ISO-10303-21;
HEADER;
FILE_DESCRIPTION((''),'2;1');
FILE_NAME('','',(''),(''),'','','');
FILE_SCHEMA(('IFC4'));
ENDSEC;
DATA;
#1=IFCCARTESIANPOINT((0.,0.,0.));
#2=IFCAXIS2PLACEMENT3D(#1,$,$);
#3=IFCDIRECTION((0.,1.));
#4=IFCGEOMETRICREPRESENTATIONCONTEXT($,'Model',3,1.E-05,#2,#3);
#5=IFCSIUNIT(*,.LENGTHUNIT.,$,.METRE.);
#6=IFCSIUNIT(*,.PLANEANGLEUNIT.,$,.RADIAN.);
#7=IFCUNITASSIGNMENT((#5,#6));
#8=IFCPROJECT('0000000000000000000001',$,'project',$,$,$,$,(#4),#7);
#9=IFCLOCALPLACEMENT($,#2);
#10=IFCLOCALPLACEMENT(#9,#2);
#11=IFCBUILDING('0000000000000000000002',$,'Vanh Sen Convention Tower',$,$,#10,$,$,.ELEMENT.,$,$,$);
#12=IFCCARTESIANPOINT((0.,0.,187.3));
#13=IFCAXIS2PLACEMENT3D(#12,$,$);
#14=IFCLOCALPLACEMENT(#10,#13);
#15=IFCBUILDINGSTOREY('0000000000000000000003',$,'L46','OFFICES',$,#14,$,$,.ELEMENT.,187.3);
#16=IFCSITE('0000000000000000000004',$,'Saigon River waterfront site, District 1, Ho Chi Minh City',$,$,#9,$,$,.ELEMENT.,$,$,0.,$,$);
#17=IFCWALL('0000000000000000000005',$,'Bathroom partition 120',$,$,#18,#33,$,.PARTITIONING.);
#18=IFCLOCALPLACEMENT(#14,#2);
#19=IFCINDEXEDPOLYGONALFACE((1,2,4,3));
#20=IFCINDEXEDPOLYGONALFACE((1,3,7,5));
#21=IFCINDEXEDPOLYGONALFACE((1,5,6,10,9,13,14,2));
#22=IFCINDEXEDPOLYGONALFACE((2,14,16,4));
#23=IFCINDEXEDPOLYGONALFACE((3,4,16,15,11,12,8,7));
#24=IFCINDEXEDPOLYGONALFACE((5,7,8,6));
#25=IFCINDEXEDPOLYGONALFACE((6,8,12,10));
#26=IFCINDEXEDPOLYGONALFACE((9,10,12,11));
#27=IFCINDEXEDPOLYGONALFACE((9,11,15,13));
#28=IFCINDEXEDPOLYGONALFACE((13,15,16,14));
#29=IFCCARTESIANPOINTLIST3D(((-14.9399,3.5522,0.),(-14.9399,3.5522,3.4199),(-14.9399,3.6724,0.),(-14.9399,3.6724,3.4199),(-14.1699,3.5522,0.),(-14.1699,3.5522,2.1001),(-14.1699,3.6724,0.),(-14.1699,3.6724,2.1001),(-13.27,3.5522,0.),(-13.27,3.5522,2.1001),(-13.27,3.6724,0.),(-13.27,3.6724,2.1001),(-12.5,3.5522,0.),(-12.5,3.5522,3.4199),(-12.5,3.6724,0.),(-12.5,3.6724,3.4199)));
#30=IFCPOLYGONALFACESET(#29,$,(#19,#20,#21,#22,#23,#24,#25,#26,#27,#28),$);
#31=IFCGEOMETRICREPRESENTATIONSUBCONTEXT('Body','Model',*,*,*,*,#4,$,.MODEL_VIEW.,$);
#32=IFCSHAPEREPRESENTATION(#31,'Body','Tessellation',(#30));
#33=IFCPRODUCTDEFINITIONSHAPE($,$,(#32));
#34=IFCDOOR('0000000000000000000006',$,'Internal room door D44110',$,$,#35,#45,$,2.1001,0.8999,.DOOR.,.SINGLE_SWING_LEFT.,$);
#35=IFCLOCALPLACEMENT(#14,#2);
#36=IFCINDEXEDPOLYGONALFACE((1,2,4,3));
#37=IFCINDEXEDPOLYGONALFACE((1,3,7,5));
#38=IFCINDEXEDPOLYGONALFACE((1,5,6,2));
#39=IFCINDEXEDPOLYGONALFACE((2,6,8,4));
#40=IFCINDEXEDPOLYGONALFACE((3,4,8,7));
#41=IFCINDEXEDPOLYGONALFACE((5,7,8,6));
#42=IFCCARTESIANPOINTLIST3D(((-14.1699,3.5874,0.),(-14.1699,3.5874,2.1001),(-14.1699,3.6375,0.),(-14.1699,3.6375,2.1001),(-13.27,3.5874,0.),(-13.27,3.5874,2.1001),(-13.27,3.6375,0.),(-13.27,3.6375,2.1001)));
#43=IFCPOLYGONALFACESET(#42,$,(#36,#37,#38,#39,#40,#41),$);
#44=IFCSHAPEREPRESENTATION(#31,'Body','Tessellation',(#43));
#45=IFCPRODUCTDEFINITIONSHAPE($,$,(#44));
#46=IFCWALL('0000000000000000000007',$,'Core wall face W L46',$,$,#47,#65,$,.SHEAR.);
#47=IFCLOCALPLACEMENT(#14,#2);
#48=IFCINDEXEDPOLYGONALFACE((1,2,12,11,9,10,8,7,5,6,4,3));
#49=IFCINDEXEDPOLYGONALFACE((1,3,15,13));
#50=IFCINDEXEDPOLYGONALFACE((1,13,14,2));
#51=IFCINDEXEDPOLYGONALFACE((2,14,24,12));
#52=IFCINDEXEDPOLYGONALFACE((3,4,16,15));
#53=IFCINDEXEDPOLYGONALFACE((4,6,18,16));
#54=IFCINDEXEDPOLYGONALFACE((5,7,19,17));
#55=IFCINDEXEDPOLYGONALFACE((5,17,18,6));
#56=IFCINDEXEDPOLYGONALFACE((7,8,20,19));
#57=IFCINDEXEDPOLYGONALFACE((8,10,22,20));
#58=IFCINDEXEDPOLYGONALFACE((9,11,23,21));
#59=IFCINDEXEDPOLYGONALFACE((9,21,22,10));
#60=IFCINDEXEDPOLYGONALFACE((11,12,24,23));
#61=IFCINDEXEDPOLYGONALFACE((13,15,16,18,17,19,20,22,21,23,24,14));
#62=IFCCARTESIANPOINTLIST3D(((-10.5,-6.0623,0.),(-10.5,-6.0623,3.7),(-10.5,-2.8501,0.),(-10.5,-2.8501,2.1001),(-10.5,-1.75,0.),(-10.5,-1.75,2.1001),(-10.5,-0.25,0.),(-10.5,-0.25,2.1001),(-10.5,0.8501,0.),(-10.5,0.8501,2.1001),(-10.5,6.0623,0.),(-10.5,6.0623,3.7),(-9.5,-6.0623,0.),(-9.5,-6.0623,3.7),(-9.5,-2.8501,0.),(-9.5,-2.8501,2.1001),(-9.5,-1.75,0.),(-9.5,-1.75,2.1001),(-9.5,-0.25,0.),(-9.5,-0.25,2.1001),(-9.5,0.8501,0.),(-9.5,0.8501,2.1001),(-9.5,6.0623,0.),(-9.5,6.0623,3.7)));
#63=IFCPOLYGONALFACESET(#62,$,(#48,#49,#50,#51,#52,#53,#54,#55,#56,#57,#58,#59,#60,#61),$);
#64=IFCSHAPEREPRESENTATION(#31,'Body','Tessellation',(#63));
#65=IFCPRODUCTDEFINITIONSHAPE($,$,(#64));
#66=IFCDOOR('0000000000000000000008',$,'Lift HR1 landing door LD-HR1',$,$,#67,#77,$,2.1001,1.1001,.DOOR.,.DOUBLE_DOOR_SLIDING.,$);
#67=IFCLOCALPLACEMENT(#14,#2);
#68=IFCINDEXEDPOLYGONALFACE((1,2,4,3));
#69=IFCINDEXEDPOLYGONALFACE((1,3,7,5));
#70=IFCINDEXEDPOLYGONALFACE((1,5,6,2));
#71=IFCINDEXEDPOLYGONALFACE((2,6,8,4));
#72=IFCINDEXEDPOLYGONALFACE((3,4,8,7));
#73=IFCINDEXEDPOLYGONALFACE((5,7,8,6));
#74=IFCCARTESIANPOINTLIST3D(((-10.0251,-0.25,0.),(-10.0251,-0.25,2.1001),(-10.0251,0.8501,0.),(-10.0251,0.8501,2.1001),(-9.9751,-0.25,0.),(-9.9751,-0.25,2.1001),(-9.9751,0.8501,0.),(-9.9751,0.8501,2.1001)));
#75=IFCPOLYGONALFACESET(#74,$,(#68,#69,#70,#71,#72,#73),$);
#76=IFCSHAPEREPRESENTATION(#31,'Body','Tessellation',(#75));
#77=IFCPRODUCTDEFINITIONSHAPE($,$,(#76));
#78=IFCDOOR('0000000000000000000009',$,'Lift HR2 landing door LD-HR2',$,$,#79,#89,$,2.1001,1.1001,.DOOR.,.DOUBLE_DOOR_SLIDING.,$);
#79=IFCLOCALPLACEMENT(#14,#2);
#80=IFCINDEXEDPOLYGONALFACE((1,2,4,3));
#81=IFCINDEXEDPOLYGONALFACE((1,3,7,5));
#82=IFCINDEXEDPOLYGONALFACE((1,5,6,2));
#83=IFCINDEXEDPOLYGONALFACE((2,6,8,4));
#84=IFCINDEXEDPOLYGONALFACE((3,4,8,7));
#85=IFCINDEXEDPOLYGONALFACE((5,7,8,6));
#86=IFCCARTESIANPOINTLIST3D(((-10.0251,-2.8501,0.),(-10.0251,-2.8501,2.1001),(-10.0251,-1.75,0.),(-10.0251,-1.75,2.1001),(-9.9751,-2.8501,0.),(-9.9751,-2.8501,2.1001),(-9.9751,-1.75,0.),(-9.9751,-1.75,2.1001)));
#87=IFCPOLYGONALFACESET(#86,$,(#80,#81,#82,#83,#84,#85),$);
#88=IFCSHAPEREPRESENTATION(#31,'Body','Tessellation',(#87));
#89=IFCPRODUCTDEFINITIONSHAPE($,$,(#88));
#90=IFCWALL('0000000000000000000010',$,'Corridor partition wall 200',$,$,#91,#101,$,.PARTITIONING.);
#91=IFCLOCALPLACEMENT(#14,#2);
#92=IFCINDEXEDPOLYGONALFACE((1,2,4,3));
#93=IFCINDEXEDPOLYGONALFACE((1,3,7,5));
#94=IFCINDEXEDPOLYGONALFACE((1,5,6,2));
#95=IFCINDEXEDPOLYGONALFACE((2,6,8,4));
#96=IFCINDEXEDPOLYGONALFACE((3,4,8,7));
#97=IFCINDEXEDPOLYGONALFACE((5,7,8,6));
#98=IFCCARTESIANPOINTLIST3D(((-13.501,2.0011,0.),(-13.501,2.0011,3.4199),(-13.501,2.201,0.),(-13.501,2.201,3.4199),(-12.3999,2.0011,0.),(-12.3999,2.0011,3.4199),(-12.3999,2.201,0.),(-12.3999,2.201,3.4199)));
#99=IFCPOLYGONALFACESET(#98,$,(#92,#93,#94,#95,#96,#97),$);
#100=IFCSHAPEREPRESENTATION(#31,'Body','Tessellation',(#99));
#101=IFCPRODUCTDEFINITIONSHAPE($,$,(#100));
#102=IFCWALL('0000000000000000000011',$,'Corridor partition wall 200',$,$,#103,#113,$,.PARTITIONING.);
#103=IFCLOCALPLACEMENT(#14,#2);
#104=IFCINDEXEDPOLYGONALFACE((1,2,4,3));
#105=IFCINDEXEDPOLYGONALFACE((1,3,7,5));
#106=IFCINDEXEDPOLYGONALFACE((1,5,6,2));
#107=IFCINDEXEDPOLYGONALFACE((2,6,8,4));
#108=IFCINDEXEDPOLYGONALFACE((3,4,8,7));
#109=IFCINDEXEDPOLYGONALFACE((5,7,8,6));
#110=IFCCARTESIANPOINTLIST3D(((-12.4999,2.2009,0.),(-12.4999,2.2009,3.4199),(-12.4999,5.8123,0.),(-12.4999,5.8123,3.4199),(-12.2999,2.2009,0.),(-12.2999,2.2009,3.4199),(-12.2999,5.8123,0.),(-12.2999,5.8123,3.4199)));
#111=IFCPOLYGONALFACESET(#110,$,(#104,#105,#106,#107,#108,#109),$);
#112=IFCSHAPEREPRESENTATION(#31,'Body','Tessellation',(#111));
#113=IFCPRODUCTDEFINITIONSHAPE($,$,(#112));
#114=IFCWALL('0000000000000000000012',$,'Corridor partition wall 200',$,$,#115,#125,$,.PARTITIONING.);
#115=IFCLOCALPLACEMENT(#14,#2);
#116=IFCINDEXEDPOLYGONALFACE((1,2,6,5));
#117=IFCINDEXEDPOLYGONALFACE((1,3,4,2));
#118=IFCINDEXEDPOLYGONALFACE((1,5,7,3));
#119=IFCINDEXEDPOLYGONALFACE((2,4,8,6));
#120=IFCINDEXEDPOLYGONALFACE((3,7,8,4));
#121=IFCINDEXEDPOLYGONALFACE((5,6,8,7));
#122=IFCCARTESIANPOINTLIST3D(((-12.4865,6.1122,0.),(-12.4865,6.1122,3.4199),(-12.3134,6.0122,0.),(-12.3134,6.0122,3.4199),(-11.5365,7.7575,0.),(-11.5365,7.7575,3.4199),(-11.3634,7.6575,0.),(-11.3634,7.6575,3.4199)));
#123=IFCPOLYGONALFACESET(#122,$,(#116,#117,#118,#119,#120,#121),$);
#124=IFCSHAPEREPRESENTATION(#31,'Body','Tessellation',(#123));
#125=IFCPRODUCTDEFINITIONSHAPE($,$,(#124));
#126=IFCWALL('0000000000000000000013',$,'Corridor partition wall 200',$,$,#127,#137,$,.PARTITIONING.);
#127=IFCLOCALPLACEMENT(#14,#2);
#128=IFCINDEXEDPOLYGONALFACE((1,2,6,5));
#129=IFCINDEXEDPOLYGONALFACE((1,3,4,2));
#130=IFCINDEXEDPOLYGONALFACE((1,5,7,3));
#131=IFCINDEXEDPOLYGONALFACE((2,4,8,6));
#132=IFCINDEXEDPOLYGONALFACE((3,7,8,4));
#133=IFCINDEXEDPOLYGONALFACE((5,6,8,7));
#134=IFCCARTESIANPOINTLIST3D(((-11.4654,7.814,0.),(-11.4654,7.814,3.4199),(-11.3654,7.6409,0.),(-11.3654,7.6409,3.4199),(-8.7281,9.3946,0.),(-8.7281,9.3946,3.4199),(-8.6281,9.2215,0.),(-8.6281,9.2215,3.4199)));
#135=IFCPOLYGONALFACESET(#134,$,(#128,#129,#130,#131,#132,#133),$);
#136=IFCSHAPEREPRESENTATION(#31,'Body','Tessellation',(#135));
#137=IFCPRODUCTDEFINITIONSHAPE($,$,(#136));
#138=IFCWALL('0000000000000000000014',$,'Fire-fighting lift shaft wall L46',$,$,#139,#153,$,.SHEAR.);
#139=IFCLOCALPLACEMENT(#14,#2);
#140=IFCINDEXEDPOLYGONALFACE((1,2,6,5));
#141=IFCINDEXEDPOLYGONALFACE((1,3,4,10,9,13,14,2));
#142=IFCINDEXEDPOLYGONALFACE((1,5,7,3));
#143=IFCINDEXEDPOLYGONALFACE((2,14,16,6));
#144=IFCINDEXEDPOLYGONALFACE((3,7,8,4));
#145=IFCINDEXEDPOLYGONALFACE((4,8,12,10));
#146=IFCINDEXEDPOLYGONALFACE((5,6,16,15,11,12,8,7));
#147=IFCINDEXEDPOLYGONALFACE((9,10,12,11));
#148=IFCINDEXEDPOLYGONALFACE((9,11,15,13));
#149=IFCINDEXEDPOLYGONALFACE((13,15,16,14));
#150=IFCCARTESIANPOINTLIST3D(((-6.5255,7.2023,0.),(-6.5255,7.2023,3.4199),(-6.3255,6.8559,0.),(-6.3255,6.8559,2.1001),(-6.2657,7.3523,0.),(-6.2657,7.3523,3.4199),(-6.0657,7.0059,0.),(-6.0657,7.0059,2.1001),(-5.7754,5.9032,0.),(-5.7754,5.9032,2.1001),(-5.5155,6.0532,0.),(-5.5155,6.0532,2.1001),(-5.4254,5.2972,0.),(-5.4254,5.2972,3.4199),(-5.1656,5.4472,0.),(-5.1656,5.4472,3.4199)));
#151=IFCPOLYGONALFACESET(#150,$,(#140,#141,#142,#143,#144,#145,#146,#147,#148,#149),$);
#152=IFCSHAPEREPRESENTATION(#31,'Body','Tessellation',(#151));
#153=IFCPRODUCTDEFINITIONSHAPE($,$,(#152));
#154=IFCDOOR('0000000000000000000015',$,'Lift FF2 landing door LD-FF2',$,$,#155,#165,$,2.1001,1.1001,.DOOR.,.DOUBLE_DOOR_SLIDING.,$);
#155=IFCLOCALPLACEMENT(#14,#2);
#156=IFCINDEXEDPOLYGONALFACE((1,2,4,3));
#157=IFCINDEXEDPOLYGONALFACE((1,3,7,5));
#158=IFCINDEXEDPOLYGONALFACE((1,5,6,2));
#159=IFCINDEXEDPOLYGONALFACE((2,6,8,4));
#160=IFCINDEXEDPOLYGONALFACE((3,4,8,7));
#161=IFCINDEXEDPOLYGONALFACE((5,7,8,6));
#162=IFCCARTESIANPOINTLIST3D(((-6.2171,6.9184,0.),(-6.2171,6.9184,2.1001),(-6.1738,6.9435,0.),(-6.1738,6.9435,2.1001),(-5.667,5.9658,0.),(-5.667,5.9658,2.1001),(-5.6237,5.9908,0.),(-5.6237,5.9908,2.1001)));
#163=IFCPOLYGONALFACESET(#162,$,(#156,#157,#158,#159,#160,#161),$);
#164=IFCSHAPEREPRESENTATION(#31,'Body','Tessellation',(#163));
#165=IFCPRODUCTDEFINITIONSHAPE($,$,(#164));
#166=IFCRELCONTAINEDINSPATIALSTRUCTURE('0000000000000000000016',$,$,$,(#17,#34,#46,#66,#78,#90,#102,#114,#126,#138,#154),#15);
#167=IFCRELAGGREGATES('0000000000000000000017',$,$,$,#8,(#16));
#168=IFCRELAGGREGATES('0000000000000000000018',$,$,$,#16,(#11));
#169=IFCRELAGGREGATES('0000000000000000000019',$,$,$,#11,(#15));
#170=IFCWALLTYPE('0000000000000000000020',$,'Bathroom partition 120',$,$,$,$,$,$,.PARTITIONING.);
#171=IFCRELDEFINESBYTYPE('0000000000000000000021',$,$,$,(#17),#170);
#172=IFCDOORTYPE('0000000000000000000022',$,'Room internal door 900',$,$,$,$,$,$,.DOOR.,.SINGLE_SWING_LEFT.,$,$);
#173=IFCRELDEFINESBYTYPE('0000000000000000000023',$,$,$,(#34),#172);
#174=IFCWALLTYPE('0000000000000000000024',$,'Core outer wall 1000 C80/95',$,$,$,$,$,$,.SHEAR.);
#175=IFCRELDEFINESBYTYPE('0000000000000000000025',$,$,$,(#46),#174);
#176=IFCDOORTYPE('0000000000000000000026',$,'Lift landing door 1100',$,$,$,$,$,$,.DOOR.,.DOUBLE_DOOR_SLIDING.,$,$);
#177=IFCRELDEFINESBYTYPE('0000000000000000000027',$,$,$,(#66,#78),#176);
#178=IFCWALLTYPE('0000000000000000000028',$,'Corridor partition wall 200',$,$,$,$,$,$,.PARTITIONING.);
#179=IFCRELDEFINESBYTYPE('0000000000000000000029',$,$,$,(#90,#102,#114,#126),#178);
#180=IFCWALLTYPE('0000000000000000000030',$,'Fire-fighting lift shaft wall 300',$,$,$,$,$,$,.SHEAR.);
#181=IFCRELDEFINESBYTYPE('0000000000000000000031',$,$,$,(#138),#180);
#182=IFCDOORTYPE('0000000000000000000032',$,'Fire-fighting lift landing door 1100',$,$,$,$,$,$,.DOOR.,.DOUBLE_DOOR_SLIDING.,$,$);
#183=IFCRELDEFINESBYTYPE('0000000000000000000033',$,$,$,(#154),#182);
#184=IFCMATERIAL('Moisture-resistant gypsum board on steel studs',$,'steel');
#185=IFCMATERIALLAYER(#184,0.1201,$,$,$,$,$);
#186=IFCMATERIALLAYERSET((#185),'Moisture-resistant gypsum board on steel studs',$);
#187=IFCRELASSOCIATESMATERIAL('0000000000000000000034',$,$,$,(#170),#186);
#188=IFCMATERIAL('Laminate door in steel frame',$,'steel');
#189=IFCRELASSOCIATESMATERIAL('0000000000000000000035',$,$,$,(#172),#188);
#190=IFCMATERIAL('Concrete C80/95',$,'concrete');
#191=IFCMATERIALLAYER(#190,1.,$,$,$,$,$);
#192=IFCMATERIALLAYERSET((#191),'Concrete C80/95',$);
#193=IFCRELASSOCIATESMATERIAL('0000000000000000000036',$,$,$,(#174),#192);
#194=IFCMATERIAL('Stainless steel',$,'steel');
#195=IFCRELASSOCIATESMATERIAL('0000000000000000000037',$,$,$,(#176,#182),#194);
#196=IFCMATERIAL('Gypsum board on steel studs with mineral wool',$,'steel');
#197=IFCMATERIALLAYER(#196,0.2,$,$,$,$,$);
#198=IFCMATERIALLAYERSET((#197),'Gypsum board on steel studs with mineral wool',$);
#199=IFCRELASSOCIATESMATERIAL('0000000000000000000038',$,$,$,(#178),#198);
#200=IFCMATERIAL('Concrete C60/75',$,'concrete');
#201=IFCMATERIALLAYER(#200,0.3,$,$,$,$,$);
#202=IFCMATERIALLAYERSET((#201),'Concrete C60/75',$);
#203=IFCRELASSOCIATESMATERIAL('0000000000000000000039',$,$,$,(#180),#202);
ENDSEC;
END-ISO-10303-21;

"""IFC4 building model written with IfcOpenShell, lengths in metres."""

from ifc_helpers import new_model, si_unit, direction, frame, frame_2d, origin, place, context, subcontext, project, spatial, rectangle, extrude, material, layer, layer_set, type_object, element, fill, save


model = new_model("IFC4")

# Units and contexts
model_context = context("Model", 3, precision=1e-05, world=origin(), true_north=direction((0.0, 1.0)))
body_context = subcontext(model_context, "Body", "Model", "MODEL_VIEW")
ifc_project = project(units=[si_unit("LENGTHUNIT", "METRE"), si_unit("PLANEANGLEUNIT", "RADIAN")], contexts=[model_context])

# Site, building, storey
site_placement = place(None, origin())
site = spatial("IfcSite", under=ifc_project, at=site_placement, Name="Saigon River waterfront site, District 1, Ho Chi Minh City", CompositionType="ELEMENT", RefElevation=0.0)
building_placement = place(site_placement, origin())
building = spatial("IfcBuilding", under=site, at=building_placement, Name="Vanh Sen Convention Tower", CompositionType="ELEMENT")
storey_placement = place(building_placement, frame((0.0, 0.0, 187.3)))
storey = spatial("IfcBuildingStorey", under=building, at=storey_placement, Name="L46", Description="OFFICES", CompositionType="ELEMENT", Elevation=187.3)

# Wall, opening, door
ifc_material_1 = material(Name="Moisture-resistant gypsum board on steel studs", Category="steel")
ifc_layer_1 = layer(ifc_material_1, 0.1201)
ifc_layer_set_1 = layer_set([ifc_layer_1], Name="Moisture-resistant gypsum board on steel studs")
wall_type_1 = type_object("IfcWallType", Name="Bathroom partition 120", PredefinedType="PARTITIONING", material=ifc_layer_set_1)
wall_1_placement = place(storey_placement, frame((-12.5, 3.6123, 0.0), z_axis=(0.0, 0.0, 1.0), x_axis=(-1.0, 0.0, 0.0)))
wall_1 = element("IfcWall", 1, at=wall_1_placement, inside=storey, type_object=wall_type_1, Name="Bathroom partition 120", PredefinedType="PARTITIONING", context=body_context, shape_type="SweptSolid", body=[
    extrude(rectangle(XDim=2.4399, YDim=0.1201, at=frame_2d((1.22, 0.0))), origin(), (0.0, 0.0, 1.0), 3.4199),
])
opening_1_placement = place(wall_1_placement, frame((0.77, 0.0, 0.0)))
opening_1 = element("IfcOpeningElement", 2, at=opening_1_placement, cuts=wall_1, PredefinedType="OPENING", context=body_context, shape_type="SweptSolid", body=[
    extrude(rectangle(XDim=0.8999, YDim=2.1001, at=frame_2d((0.45, 1.05))), frame((0.0, 0.0701, 0.0), z_axis=(0.0, -1.0, 0.0), x_axis=(1.0, 0.0, 0.0)), (0.0, 0.0, 1.0), 0.1401),
])
ifc_material_2 = material(Name="Laminate door in steel frame", Category="steel")
door_type_1 = type_object("IfcDoorType", Name="Room internal door 900", OperationType="SINGLE_SWING_LEFT", PredefinedType="DOOR", material=ifc_material_2)
door_1_placement = place(opening_1_placement, origin())
door_1 = element("IfcDoor", 3, at=door_1_placement, inside=storey, type_object=door_type_1, Name="Internal room door D44110", OperationType="SINGLE_SWING_LEFT", OverallHeight=2.1001, OverallWidth=0.8999, PredefinedType="DOOR", context=body_context, shape_type="SweptSolid", body=[
    extrude(rectangle(XDim=0.8999, YDim=2.1001, at=frame_2d((0.45, 1.05))), frame((0.0, 0.0249, 0.0), z_axis=(0.0, -1.0, 0.0), x_axis=(1.0, 0.0, 0.0)), (0.0, 0.0, 1.0), 0.05),
])
fill(opening_1, door_1)

# Wall, openings, doors
ifc_material_3 = material(Name="Concrete C80/95", Category="concrete")
ifc_layer_2 = layer(ifc_material_3, 1.0)
ifc_layer_set_2 = layer_set([ifc_layer_2], Name="Concrete C80/95")
wall_type_2 = type_object("IfcWallType", Name="Core outer wall 1000 C80/95", PredefinedType="SHEAR", material=ifc_layer_set_2)
wall_2_placement = place(storey_placement, frame((-10.0, 6.0623, 0.0), z_axis=(0.0, 0.0, 1.0), x_axis=(0.0, -1.0, 0.0)))
wall_2 = element("IfcWall", 4, at=wall_2_placement, inside=storey, type_object=wall_type_2, Name="Core wall face W L46", PredefinedType="SHEAR", context=body_context, shape_type="SweptSolid", body=[
    extrude(rectangle(XDim=12.1245, YDim=1.0, at=frame_2d((6.0623, 0.0))), origin(), (0.0, 0.0, 1.0), 3.7),
])
opening_2_placement = place(wall_2_placement, frame((5.2122, 0.0, 0.0)))
opening_2 = element("IfcOpeningElement", 5, at=opening_2_placement, cuts=wall_2, PredefinedType="OPENING", context=body_context, shape_type="SweptSolid", body=[
    extrude(rectangle(XDim=1.1001, YDim=2.1001, at=frame_2d((0.55, 1.05))), frame((0.0, 0.51, 0.0), z_axis=(0.0, -1.0, 0.0), x_axis=(1.0, 0.0, 0.0)), (0.0, 0.0, 1.0), 1.02),
])
opening_3_placement = place(wall_2_placement, frame((7.8123, 0.0, 0.0)))
opening_3 = element("IfcOpeningElement", 6, at=opening_3_placement, cuts=wall_2, PredefinedType="OPENING", context=body_context, shape_type="SweptSolid", body=[
    extrude(rectangle(XDim=1.1001, YDim=2.1001, at=frame_2d((0.55, 1.05))), frame((0.0, 0.51, 0.0), z_axis=(0.0, -1.0, 0.0), x_axis=(1.0, 0.0, 0.0)), (0.0, 0.0, 1.0), 1.02),
])
ifc_material_4 = material(Name="Stainless steel", Category="steel")
door_type_2 = type_object("IfcDoorType", Name="Lift landing door 1100", OperationType="DOUBLE_DOOR_SLIDING", PredefinedType="DOOR", material=ifc_material_4)
door_2_placement = place(opening_2_placement, origin())
door_2 = element("IfcDoor", 7, at=door_2_placement, inside=storey, type_object=door_type_2, Name="Lift HR1 landing door LD-HR1", OperationType="DOUBLE_DOOR_SLIDING", OverallHeight=2.1001, OverallWidth=1.1001, PredefinedType="DOOR", context=body_context, shape_type="SweptSolid", body=[
    extrude(rectangle(XDim=1.1001, YDim=2.1001, at=frame_2d((0.55, 1.05))), frame((0.0, 0.0249, 0.0), z_axis=(0.0, -1.0, 0.0), x_axis=(1.0, 0.0, 0.0)), (0.0, 0.0, 1.0), 0.05),
])
fill(opening_2, door_2)
door_3_placement = place(opening_3_placement, origin())
door_3 = element("IfcDoor", 8, at=door_3_placement, inside=storey, type_object=door_type_2, Name="Lift HR2 landing door LD-HR2", OperationType="DOUBLE_DOOR_SLIDING", OverallHeight=2.1001, OverallWidth=1.1001, PredefinedType="DOOR", context=body_context, shape_type="SweptSolid", body=[
    extrude(rectangle(XDim=1.1001, YDim=2.1001, at=frame_2d((0.55, 1.05))), frame((0.0, 0.0249, 0.0), z_axis=(0.0, -1.0, 0.0), x_axis=(1.0, 0.0, 0.0)), (0.0, 0.0, 1.0), 0.05),
])
fill(opening_3, door_3)

# Walls
ifc_material_5 = material(Name="Gypsum board on steel studs with mineral wool", Category="steel")
ifc_layer_3 = layer(ifc_material_5, 0.2)
ifc_layer_set_3 = layer_set([ifc_layer_3], Name="Gypsum board on steel studs with mineral wool")
wall_type_3 = type_object("IfcWallType", Name="Corridor partition wall 200", PredefinedType="PARTITIONING", material=ifc_layer_set_3)
wall_3_placement = place(storey_placement, frame((-12.3999, 2.1011, 0.0), z_axis=(0.0, 0.0, 1.0), x_axis=(-1.0, 0.0, 0.0)))
element("IfcWall", 9, at=wall_3_placement, inside=storey, type_object=wall_type_3, Name="Corridor partition wall 200", PredefinedType="PARTITIONING", context=body_context, shape_type="SweptSolid", body=[
    extrude(rectangle(XDim=1.1011, YDim=0.2, at=frame_2d((0.5505, 0.0))), origin(), (0.0, 0.0, 1.0), 3.4199),
])
wall_4_placement = place(storey_placement, frame((-12.3999, 5.8123, 0.0), z_axis=(0.0, 0.0, 1.0), x_axis=(0.0, -1.0, 0.0)))
element("IfcWall", 10, at=wall_4_placement, inside=storey, type_object=wall_type_3, Name="Corridor partition wall 200", PredefinedType="PARTITIONING", context=body_context, shape_type="SweptSolid", body=[
    extrude(rectangle(XDim=3.6113, YDim=0.2, at=frame_2d((1.8057, 0.0))), origin(), (0.0, 0.0, 1.0), 3.4199),
])
wall_5_placement = place(storey_placement, frame((-11.45, 7.7075, 0.0), z_axis=(0.0, 0.0, 1.0), x_axis=(-0.500023, -0.866012, 0.0)))
element("IfcWall", 11, at=wall_5_placement, inside=storey, type_object=wall_type_3, Name="Corridor partition wall 200", PredefinedType="PARTITIONING", context=body_context, shape_type="SweptSolid", body=[
    extrude(rectangle(XDim=1.8999, YDim=0.2, at=frame_2d((0.95, 0.0))), origin(), (0.0, 0.0, 1.0), 3.4199),
])
wall_6_placement = place(storey_placement, frame((-8.678, 9.3081, 0.0), z_axis=(0.0, 0.0, 1.0), x_axis=(-0.866, -0.500043, 0.0)))
element("IfcWall", 12, at=wall_6_placement, inside=storey, type_object=wall_type_3, Name="Corridor partition wall 200", PredefinedType="PARTITIONING", context=body_context, shape_type="SweptSolid", body=[
    extrude(rectangle(XDim=3.1609, YDim=0.2, at=frame_2d((1.5806, 0.0))), origin(), (0.0, 0.0, 1.0), 3.4199),
])

# Wall, opening, door
ifc_material_6 = material(Name="Concrete C60/75", Category="concrete")
ifc_layer_4 = layer(ifc_material_6, 0.3)
ifc_layer_set_4 = layer_set([ifc_layer_4], Name="Concrete C60/75")
wall_type_4 = type_object("IfcWallType", Name="Fire-fighting lift shaft wall 300", PredefinedType="SHEAR", material=ifc_layer_set_4)
wall_7_placement = place(storey_placement, frame((-5.2954, 5.3721, 0.0), z_axis=(0.0, 0.0, 1.0), x_axis=(-0.500078, 0.86598, 0.0)))
wall_7 = element("IfcWall", 13, at=wall_7_placement, inside=storey, type_object=wall_type_4, Name="Fire-fighting lift shaft wall L46", PredefinedType="SHEAR", context=body_context, shape_type="SweptSolid", body=[
    extrude(rectangle(XDim=2.2, YDim=0.3, at=frame_2d((1.1001, 0.0))), origin(), (0.0, 0.0, 1.0), 3.4199),
])
opening_4_placement = place(wall_7_placement, frame((0.7, 0.0, 0.0)))
opening_4 = element("IfcOpeningElement", 14, at=opening_4_placement, cuts=wall_7, PredefinedType="OPENING", context=body_context, shape_type="SweptSolid", body=[
    extrude(rectangle(XDim=1.1001, YDim=2.1001, at=frame_2d((0.55, 1.05))), frame((0.0, 0.1599, 0.0), z_axis=(0.0, -1.0, 0.0), x_axis=(1.0, 0.0, 0.0)), (0.0, 0.0, 1.0), 0.3201),
])
door_type_3 = type_object("IfcDoorType", Name="Fire-fighting lift landing door 1100", OperationType="DOUBLE_DOOR_SLIDING", PredefinedType="DOOR", material=ifc_material_4)
door_4_placement = place(opening_4_placement, origin())
door_4 = element("IfcDoor", 15, at=door_4_placement, inside=storey, type_object=door_type_3, Name="Lift FF2 landing door LD-FF2", OperationType="DOUBLE_DOOR_SLIDING", OverallHeight=2.1001, OverallWidth=1.1001, PredefinedType="DOOR", context=body_context, shape_type="SweptSolid", body=[
    extrude(rectangle(XDim=1.1001, YDim=2.1001, at=frame_2d((0.55, 1.05))), frame((0.0, 0.0249, 0.0), z_axis=(0.0, -1.0, 0.0), x_axis=(1.0, 0.0, 0.0)), (0.0, 0.0, 1.0), 0.05),
])
fill(opening_4, door_4)

save(model, "model.ifc")
